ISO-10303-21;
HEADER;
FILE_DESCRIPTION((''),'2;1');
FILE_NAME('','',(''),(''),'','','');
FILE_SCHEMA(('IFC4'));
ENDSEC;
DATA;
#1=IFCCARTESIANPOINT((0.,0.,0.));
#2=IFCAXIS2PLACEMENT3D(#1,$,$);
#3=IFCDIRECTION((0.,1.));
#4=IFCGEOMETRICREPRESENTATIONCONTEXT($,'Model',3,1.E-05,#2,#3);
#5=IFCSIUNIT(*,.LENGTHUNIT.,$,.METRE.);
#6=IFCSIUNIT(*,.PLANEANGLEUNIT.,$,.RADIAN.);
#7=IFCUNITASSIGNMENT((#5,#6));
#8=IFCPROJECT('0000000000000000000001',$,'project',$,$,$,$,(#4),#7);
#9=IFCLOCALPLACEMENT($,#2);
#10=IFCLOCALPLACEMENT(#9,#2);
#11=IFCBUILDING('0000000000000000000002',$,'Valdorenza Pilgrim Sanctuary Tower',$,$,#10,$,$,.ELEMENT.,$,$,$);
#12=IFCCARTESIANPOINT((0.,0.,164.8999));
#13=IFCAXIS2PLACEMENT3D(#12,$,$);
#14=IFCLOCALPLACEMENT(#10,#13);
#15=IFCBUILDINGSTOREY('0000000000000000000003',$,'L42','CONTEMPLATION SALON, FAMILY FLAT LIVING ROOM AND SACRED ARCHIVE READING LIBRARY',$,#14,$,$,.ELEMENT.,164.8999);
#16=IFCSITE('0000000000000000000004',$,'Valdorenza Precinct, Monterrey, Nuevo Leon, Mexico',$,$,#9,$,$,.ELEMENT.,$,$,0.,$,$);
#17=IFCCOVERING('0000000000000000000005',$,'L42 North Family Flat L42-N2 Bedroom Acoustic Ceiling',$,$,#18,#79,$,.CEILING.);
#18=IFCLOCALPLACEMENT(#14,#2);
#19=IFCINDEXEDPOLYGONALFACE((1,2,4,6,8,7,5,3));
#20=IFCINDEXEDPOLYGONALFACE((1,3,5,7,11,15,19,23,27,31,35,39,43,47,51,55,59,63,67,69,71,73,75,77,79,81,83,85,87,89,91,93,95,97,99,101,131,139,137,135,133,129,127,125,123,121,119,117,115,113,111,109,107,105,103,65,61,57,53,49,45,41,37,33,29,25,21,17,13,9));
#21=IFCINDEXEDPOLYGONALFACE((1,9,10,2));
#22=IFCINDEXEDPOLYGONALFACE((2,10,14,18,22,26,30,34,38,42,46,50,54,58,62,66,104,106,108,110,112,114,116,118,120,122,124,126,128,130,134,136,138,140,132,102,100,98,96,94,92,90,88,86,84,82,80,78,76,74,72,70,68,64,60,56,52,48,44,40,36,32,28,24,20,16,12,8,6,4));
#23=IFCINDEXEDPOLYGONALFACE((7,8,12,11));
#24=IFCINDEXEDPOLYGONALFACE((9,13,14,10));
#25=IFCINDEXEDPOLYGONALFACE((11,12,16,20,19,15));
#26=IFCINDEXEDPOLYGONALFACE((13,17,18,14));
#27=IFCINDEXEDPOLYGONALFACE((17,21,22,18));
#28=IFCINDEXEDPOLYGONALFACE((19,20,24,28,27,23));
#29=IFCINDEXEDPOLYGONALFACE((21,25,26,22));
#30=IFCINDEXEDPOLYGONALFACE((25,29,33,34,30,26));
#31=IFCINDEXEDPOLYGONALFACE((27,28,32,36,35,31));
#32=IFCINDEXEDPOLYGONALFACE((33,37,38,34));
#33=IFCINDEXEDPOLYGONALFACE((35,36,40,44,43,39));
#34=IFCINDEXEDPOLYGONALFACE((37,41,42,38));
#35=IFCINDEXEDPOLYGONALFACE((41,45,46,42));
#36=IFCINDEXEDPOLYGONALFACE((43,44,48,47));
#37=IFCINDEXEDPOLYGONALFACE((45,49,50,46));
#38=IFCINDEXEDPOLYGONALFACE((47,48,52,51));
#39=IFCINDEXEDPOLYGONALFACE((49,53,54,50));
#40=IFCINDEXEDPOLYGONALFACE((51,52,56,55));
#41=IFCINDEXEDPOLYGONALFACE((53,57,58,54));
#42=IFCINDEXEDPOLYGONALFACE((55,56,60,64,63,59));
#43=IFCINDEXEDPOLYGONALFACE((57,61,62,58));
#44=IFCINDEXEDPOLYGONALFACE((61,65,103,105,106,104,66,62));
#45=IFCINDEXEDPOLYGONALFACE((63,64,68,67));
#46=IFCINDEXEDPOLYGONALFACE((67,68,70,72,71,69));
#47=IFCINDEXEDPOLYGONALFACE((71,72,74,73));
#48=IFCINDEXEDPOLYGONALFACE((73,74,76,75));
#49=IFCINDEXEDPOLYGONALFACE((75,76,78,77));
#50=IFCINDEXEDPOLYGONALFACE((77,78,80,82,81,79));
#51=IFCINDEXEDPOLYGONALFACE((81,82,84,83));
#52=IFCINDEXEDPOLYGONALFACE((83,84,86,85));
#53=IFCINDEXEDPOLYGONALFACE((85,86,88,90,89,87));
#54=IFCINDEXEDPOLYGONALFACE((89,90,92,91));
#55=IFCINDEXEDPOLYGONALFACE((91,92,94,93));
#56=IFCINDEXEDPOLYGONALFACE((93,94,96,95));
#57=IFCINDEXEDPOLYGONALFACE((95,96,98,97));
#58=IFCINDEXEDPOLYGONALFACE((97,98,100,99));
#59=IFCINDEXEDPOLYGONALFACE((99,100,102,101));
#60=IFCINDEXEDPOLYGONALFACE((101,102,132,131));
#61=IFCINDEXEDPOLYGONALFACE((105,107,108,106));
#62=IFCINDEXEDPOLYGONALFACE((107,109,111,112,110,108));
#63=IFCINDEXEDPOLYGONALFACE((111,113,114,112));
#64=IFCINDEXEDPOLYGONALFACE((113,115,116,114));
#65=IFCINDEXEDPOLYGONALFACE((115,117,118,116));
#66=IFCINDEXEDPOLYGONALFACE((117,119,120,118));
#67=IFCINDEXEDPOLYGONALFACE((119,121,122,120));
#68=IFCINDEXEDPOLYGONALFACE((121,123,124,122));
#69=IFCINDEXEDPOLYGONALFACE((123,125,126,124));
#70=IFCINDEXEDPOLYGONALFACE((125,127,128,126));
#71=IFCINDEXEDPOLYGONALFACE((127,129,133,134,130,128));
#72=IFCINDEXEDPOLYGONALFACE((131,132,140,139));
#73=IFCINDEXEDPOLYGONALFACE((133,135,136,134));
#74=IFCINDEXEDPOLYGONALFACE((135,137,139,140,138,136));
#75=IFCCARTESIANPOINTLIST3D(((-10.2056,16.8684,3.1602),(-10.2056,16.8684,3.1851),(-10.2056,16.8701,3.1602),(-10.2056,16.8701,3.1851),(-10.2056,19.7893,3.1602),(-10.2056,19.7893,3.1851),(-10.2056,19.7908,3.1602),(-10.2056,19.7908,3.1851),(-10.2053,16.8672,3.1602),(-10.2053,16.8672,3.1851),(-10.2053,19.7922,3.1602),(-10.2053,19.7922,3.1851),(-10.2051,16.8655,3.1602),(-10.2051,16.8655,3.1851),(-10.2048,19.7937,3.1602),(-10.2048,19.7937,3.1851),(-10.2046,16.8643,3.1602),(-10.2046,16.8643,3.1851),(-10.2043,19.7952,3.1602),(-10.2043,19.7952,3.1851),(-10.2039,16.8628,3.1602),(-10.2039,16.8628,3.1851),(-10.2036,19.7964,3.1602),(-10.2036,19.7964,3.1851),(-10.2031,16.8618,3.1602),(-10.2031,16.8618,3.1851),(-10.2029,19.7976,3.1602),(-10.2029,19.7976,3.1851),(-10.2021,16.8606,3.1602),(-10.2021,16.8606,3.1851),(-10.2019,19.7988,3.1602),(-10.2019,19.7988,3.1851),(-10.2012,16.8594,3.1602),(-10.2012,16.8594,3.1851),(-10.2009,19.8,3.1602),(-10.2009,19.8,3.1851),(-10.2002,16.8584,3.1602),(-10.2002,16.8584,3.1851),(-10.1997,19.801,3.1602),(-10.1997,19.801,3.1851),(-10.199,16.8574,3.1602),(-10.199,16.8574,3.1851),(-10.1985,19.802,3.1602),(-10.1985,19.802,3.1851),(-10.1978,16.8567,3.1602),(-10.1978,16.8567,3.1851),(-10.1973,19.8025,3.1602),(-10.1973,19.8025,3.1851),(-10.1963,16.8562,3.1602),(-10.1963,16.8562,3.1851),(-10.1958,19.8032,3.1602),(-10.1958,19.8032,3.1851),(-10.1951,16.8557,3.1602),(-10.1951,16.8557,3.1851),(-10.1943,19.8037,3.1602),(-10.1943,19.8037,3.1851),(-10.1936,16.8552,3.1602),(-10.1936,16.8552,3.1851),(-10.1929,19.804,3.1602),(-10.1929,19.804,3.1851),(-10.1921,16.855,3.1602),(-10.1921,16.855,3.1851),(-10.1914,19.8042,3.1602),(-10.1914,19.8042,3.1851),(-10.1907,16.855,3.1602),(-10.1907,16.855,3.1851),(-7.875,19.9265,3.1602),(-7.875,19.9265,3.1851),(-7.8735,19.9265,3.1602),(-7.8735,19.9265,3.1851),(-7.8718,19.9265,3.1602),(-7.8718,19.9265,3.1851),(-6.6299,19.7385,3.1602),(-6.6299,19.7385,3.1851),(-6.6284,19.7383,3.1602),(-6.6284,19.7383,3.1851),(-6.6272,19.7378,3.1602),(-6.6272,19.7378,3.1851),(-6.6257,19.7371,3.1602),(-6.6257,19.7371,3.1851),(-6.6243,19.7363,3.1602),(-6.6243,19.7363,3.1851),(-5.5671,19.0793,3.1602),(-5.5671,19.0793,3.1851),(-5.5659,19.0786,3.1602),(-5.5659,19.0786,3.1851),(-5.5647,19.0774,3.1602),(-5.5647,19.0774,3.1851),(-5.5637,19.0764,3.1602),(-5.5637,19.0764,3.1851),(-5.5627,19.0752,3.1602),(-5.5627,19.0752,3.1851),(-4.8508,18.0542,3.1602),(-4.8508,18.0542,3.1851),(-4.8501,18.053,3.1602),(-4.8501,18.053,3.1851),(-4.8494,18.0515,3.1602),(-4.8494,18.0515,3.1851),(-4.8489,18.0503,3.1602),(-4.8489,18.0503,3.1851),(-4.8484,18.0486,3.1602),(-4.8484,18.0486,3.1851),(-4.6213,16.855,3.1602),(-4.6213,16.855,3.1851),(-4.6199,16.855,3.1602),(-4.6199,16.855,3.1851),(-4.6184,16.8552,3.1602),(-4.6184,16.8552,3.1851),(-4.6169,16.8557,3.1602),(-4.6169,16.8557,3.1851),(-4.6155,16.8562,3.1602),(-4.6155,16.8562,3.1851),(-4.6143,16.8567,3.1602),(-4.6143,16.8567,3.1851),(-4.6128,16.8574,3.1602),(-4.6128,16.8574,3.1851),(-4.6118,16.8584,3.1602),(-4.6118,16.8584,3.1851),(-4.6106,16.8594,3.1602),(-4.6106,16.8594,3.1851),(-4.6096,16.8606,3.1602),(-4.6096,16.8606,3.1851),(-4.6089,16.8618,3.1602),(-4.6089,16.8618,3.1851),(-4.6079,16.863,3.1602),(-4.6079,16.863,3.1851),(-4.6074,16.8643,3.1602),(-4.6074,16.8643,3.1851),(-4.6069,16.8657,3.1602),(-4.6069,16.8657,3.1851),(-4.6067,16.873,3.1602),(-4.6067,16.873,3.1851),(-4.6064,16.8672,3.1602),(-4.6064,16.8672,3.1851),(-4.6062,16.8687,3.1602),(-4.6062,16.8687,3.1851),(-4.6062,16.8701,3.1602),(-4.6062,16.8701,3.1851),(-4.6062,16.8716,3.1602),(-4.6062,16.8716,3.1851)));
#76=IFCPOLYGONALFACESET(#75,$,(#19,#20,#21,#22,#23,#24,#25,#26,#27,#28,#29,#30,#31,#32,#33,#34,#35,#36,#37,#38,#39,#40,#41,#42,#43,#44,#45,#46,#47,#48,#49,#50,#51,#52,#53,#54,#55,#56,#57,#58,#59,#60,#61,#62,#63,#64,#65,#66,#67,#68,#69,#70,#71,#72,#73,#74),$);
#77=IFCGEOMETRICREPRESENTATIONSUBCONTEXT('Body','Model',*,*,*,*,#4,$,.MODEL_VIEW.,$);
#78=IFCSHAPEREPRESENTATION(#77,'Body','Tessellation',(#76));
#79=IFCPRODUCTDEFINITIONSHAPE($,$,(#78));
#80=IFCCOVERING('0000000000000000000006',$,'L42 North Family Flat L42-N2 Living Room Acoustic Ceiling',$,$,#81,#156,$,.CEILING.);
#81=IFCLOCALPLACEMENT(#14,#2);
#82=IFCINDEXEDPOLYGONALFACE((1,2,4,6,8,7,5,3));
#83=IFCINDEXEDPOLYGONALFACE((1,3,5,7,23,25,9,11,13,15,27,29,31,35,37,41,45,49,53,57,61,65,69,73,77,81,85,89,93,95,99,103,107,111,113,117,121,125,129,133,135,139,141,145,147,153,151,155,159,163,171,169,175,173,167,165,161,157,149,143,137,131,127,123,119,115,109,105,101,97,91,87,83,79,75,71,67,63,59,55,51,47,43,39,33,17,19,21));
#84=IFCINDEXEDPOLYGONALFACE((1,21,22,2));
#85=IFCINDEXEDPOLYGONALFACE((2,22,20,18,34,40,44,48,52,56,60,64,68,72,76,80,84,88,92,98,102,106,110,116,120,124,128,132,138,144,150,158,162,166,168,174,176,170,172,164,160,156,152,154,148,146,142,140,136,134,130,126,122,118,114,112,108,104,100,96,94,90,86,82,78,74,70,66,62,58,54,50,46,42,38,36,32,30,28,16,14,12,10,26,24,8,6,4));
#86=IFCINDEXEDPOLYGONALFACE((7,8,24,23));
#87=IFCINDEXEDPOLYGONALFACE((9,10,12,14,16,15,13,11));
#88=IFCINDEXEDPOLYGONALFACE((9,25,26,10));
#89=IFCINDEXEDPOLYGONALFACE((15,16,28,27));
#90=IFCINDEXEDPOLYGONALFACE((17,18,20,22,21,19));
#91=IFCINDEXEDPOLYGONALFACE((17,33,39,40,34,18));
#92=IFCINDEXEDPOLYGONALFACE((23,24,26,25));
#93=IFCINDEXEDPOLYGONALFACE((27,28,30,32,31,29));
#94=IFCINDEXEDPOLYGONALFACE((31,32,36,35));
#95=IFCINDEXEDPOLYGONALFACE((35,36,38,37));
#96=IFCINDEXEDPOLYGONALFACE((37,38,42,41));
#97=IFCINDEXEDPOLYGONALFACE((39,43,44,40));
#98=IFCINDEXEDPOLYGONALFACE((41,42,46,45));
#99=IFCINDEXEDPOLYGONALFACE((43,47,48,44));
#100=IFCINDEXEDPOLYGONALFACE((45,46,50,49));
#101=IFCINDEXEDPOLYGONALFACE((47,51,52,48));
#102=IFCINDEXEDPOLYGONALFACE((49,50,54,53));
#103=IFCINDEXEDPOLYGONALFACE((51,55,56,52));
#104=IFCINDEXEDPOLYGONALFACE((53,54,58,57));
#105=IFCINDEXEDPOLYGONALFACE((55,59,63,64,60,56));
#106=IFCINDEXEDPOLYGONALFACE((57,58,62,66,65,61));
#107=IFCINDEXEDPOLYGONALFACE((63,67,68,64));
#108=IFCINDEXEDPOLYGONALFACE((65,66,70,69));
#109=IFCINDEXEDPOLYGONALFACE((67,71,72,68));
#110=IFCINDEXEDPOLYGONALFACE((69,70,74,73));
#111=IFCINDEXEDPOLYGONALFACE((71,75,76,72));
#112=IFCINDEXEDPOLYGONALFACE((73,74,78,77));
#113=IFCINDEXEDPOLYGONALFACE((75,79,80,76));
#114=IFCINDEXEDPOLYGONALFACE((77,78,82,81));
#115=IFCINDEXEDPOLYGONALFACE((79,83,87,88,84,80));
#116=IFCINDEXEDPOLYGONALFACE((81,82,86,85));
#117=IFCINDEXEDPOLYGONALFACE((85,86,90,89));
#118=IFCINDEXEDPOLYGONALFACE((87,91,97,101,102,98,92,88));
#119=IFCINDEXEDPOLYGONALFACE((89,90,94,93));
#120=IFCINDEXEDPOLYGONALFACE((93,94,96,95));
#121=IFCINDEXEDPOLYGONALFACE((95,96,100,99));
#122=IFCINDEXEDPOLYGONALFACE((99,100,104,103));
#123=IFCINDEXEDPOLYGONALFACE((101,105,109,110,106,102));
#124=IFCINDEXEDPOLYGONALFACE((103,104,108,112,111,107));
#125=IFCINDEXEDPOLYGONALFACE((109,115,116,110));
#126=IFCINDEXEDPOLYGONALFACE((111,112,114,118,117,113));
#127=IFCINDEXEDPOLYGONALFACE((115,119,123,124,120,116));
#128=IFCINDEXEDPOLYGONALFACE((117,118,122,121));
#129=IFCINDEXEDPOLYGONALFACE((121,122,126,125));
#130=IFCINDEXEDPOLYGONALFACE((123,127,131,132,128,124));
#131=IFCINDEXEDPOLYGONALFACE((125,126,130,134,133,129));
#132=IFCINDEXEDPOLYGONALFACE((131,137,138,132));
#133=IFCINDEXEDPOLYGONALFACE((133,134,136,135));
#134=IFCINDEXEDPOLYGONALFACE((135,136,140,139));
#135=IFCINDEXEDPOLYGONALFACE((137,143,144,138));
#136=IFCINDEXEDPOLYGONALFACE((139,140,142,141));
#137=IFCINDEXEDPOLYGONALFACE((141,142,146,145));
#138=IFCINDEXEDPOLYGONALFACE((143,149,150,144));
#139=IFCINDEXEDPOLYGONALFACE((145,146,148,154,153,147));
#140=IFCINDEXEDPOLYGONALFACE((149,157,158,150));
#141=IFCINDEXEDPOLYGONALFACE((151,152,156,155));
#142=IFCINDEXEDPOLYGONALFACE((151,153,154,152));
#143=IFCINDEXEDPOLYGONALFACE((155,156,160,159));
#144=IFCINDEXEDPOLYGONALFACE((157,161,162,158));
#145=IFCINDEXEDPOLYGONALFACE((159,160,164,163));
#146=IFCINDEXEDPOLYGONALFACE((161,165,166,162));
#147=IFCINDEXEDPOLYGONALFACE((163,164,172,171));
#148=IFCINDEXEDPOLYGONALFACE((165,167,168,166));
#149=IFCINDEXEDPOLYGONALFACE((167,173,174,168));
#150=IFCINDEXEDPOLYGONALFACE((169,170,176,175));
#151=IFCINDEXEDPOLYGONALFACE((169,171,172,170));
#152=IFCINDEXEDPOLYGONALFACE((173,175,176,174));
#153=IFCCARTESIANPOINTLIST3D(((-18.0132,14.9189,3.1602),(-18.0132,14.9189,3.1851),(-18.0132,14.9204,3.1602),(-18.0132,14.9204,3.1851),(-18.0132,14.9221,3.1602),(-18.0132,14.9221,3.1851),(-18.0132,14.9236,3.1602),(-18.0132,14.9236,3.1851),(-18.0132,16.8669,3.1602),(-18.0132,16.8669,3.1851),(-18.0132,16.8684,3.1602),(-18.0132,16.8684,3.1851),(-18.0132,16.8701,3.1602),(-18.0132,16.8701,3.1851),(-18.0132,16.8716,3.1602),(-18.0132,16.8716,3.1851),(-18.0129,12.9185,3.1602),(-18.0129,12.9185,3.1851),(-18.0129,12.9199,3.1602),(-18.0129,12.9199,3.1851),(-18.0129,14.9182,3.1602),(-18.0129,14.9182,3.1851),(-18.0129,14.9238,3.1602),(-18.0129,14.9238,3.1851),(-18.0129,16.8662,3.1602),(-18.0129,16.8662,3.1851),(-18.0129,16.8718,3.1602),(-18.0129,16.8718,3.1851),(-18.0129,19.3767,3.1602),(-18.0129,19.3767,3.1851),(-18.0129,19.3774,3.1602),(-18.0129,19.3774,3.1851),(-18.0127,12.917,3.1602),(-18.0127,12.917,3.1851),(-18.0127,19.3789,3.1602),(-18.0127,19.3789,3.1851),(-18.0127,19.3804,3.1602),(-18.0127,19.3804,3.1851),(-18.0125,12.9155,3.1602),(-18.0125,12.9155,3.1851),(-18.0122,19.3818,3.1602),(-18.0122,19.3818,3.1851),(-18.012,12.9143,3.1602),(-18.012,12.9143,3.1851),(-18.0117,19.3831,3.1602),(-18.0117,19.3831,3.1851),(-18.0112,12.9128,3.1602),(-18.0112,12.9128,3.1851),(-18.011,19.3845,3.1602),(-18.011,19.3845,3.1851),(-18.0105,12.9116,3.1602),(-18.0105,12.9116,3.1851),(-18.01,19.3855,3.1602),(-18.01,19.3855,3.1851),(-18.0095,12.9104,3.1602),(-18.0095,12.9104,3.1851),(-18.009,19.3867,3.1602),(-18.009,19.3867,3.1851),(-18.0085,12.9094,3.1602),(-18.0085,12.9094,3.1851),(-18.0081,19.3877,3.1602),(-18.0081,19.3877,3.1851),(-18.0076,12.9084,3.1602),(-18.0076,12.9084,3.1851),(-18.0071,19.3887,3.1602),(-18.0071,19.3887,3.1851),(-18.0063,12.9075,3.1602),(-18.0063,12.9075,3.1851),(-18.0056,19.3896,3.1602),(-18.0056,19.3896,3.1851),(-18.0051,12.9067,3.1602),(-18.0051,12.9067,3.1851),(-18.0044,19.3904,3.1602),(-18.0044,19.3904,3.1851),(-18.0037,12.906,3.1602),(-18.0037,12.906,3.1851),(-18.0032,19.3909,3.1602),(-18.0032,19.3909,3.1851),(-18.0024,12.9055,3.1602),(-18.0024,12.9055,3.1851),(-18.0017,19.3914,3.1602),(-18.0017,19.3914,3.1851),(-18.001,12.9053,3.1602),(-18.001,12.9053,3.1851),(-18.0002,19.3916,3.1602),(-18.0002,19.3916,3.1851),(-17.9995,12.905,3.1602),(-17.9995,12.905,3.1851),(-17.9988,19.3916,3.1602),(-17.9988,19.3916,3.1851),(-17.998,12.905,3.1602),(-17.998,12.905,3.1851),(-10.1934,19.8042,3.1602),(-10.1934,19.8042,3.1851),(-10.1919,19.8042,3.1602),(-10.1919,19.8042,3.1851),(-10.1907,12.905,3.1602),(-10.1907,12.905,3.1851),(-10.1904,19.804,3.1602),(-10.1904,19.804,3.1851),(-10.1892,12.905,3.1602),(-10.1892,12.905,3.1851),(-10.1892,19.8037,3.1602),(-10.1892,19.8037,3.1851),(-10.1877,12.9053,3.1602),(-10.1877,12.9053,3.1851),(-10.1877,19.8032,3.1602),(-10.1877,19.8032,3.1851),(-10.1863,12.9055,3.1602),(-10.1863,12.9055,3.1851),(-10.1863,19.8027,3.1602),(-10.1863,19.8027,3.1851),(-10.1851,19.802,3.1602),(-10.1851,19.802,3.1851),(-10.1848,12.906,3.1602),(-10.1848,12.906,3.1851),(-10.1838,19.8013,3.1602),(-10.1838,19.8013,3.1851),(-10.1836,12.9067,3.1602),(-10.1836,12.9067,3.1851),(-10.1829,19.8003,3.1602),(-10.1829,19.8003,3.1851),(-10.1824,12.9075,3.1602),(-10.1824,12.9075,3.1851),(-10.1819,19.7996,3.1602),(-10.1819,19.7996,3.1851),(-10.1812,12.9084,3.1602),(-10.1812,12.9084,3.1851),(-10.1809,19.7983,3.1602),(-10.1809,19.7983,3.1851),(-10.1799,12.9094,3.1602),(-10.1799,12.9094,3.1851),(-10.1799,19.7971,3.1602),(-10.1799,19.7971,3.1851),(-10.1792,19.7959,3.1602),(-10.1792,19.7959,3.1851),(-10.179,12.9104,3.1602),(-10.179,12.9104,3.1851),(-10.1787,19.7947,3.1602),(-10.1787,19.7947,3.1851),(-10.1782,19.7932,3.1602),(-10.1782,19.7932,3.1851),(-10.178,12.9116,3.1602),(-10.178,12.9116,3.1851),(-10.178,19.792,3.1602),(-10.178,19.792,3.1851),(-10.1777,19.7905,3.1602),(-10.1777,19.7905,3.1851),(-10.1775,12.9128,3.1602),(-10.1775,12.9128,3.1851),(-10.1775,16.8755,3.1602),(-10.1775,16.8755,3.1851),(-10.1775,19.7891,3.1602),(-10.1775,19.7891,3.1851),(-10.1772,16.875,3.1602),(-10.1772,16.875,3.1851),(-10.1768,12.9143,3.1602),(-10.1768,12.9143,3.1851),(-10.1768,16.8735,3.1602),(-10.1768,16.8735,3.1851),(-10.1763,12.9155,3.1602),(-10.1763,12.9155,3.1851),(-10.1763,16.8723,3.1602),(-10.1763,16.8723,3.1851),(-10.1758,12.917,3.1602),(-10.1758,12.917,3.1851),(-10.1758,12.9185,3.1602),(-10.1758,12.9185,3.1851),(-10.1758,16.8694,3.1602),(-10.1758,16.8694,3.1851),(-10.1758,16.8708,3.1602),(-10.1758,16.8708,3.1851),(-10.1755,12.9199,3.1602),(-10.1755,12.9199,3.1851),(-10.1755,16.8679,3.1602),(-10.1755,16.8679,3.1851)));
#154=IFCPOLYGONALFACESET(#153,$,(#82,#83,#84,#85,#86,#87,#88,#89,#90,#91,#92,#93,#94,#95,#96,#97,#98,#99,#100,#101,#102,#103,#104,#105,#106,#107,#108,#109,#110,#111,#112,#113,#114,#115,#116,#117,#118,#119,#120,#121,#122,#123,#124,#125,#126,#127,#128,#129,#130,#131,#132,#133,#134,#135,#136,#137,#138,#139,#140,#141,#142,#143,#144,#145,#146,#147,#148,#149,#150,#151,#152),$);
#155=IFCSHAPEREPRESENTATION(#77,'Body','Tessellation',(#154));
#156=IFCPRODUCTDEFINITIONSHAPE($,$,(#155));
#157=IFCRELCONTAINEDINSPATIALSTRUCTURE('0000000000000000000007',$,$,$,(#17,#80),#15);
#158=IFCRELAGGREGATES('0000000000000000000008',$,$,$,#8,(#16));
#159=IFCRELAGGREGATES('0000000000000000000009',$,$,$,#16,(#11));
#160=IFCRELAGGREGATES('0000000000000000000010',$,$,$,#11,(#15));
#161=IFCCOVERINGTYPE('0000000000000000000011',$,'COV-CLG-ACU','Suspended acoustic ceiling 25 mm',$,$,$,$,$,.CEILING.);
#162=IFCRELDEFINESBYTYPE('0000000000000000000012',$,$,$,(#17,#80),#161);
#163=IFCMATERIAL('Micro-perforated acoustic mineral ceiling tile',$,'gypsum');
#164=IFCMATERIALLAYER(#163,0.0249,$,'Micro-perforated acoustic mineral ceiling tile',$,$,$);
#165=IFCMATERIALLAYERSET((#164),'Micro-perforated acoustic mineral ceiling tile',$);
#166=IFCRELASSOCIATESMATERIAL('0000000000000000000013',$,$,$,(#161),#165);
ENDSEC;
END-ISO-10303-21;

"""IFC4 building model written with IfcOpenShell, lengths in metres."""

from ifc_helpers import new_model, si_unit, direction, frame, origin, place, context, subcontext, project, spatial, polyline, outline, extrude, material, layer, layer_set, type_object, element, save


model = new_model("IFC4")

# Units and contexts
model_context = context("Model", 3, precision=1e-05, world=origin(), true_north=direction((0.0, 1.0)))
body_context = subcontext(model_context, "Body", "Model", "MODEL_VIEW")
ifc_project = project(units=[si_unit("LENGTHUNIT", "METRE"), si_unit("PLANEANGLEUNIT", "RADIAN")], contexts=[model_context])

# Site, building, storey
site_placement = place(None, origin())
site = spatial("IfcSite", under=ifc_project, at=site_placement, Name="Valdorenza Precinct, Monterrey, Nuevo Leon, Mexico", CompositionType="ELEMENT", RefElevation=0.0)
building_placement = place(site_placement, origin())
building = spatial("IfcBuilding", under=site, at=building_placement, Name="Valdorenza Pilgrim Sanctuary Tower", CompositionType="ELEMENT")
storey_placement = place(building_placement, frame((0.0, 0.0, 164.8999)))
storey = spatial("IfcBuildingStorey", under=building, at=storey_placement, Name="L42", Description="CONTEMPLATION SALON, FAMILY FLAT LIVING ROOM AND SACRED ARCHIVE READING LIBRARY", CompositionType="ELEMENT", Elevation=164.8999)

# Coverings
ifc_material_1 = material(Name="Micro-perforated acoustic mineral ceiling tile", Category="gypsum")
ifc_layer_1 = layer(ifc_material_1, 0.0249, Name="Micro-perforated acoustic mineral ceiling tile")
ifc_layer_set_1 = layer_set([ifc_layer_1], Name="Micro-perforated acoustic mineral ceiling tile")
covering_type_1 = type_object("IfcCoveringType", Name="COV-CLG-ACU", Description="Suspended acoustic ceiling 25 mm", PredefinedType="CEILING", material=ifc_layer_set_1)
covering_1_placement = place(storey_placement, frame((0.0, 0.0, 3.1602)))
element("IfcCovering", 1, at=covering_1_placement, inside=storey, type_object=covering_type_1, Name="L42 North Family Flat L42-N2 Bedroom Acoustic Ceiling", PredefinedType="CEILING", context=body_context, shape_type="SweptSolid", body=[
    extrude(outline(polyline([(-10.2056, 19.7893), (-10.2056, 19.7908), (-10.2053, 19.7922), (-10.2048, 19.7937), (-10.2043, 19.7952), (-10.2036, 19.7964), (-10.2029, 19.7976), (-10.2019, 19.7988), (-10.2009, 19.8), (-10.1997, 19.801), (-10.1985, 19.802), (-10.1973, 19.8025), (-10.1958, 19.8032), (-10.1943, 19.8037), (-10.1929, 19.804), (-10.1914, 19.8042), (-7.875, 19.9265), (-7.8735, 19.9265), (-7.8718, 19.9265), (-6.6299, 19.7385), (-6.6284, 19.7383), (-6.6272, 19.7378), (-6.6257, 19.7371), (-6.6243, 19.7363), (-5.5671, 19.0793), (-5.5659, 19.0786), (-5.5647, 19.0774), (-5.5637, 19.0764), (-5.5627, 19.0752), (-4.8508, 18.0542), (-4.8501, 18.053), (-4.8494, 18.0515), (-4.8489, 18.0503), (-4.8484, 18.0486), (-4.6067, 16.873), (-4.6062, 16.8716), (-4.6062, 16.8701), (-4.6062, 16.8687), (-4.6064, 16.8672), (-4.6069, 16.8657), (-4.6074, 16.8643), (-4.6079, 16.863), (-4.6089, 16.8618), (-4.6096, 16.8606), (-4.6106, 16.8594), (-4.6118, 16.8584), (-4.6128, 16.8574), (-4.6143, 16.8567), (-4.6155, 16.8562), (-4.6169, 16.8557), (-4.6184, 16.8552), (-4.6199, 16.855), (-4.6213, 16.855), (-10.1907, 16.855), (-10.1921, 16.855), (-10.1936, 16.8552), (-10.1951, 16.8557), (-10.1963, 16.8562), (-10.1978, 16.8567), (-10.199, 16.8574), (-10.2002, 16.8584), (-10.2012, 16.8594), (-10.2021, 16.8606), (-10.2031, 16.8618), (-10.2039, 16.8628), (-10.2046, 16.8643), (-10.2051, 16.8655), (-10.2053, 16.8672), (-10.2056, 16.8684), (-10.2056, 16.8701), (-10.2056, 19.7893)])), origin(), (0.0, 0.0, 1.0), 0.0249),
])
covering_2_placement = place(storey_placement, frame((0.0, 0.0, 3.1602)))
element("IfcCovering", 2, at=covering_2_placement, inside=storey, type_object=covering_type_1, Name="L42 North Family Flat L42-N2 Living Room Acoustic Ceiling", PredefinedType="CEILING", context=body_context, shape_type="SweptSolid", body=[
    extrude(outline(polyline([(-18.0129, 14.9182), (-18.0132, 14.9189), (-18.0132, 14.9204), (-18.0132, 14.9221), (-18.0132, 14.9236), (-18.0129, 14.9238), (-18.0129, 16.8662), (-18.0132, 16.8669), (-18.0132, 16.8684), (-18.0132, 16.8701), (-18.0132, 16.8716), (-18.0129, 16.8718), (-18.0129, 19.3767), (-18.0129, 19.3767), (-18.0129, 19.3774), (-18.0127, 19.3789), (-18.0127, 19.3804), (-18.0122, 19.3818), (-18.0117, 19.3831), (-18.011, 19.3845), (-18.01, 19.3855), (-18.009, 19.3867), (-18.0081, 19.3877), (-18.0071, 19.3887), (-18.0056, 19.3896), (-18.0044, 19.3904), (-18.0032, 19.3909), (-18.0017, 19.3914), (-18.0002, 19.3916), (-17.9988, 19.3916), (-10.1934, 19.8042), (-10.1919, 19.8042), (-10.1904, 19.804), (-10.1892, 19.8037), (-10.1877, 19.8032), (-10.1863, 19.8027), (-10.1851, 19.802), (-10.1838, 19.8013), (-10.1829, 19.8003), (-10.1819, 19.7996), (-10.1809, 19.7983), (-10.1799, 19.7971), (-10.1792, 19.7959), (-10.1787, 19.7947), (-10.1782, 19.7932), (-10.178, 19.792), (-10.1777, 19.7905), (-10.1775, 19.7891), (-10.1775, 16.8755), (-10.1772, 16.875), (-10.1768, 16.8735), (-10.1763, 16.8723), (-10.1758, 16.8708), (-10.1758, 16.8694), (-10.1755, 16.8679), (-10.1755, 12.9199), (-10.1758, 12.9185), (-10.1758, 12.917), (-10.1763, 12.9155), (-10.1768, 12.9143), (-10.1775, 12.9128), (-10.178, 12.9116), (-10.179, 12.9104), (-10.1799, 12.9094), (-10.1812, 12.9084), (-10.1824, 12.9075), (-10.1836, 12.9067), (-10.1848, 12.906), (-10.1863, 12.9055), (-10.1877, 12.9053), (-10.1892, 12.905), (-10.1907, 12.905), (-17.998, 12.905), (-17.9995, 12.905), (-18.001, 12.9053), (-18.0024, 12.9055), (-18.0037, 12.906), (-18.0051, 12.9067), (-18.0063, 12.9075), (-18.0076, 12.9084), (-18.0085, 12.9094), (-18.0095, 12.9104), (-18.0105, 12.9116), (-18.0112, 12.9128), (-18.012, 12.9143), (-18.0125, 12.9155), (-18.0127, 12.917), (-18.0129, 12.9185), (-18.0129, 12.9199), (-18.0129, 14.9182)])), origin(), (0.0, 0.0, 1.0), 0.0249),
])

save(model, "model.ifc")
